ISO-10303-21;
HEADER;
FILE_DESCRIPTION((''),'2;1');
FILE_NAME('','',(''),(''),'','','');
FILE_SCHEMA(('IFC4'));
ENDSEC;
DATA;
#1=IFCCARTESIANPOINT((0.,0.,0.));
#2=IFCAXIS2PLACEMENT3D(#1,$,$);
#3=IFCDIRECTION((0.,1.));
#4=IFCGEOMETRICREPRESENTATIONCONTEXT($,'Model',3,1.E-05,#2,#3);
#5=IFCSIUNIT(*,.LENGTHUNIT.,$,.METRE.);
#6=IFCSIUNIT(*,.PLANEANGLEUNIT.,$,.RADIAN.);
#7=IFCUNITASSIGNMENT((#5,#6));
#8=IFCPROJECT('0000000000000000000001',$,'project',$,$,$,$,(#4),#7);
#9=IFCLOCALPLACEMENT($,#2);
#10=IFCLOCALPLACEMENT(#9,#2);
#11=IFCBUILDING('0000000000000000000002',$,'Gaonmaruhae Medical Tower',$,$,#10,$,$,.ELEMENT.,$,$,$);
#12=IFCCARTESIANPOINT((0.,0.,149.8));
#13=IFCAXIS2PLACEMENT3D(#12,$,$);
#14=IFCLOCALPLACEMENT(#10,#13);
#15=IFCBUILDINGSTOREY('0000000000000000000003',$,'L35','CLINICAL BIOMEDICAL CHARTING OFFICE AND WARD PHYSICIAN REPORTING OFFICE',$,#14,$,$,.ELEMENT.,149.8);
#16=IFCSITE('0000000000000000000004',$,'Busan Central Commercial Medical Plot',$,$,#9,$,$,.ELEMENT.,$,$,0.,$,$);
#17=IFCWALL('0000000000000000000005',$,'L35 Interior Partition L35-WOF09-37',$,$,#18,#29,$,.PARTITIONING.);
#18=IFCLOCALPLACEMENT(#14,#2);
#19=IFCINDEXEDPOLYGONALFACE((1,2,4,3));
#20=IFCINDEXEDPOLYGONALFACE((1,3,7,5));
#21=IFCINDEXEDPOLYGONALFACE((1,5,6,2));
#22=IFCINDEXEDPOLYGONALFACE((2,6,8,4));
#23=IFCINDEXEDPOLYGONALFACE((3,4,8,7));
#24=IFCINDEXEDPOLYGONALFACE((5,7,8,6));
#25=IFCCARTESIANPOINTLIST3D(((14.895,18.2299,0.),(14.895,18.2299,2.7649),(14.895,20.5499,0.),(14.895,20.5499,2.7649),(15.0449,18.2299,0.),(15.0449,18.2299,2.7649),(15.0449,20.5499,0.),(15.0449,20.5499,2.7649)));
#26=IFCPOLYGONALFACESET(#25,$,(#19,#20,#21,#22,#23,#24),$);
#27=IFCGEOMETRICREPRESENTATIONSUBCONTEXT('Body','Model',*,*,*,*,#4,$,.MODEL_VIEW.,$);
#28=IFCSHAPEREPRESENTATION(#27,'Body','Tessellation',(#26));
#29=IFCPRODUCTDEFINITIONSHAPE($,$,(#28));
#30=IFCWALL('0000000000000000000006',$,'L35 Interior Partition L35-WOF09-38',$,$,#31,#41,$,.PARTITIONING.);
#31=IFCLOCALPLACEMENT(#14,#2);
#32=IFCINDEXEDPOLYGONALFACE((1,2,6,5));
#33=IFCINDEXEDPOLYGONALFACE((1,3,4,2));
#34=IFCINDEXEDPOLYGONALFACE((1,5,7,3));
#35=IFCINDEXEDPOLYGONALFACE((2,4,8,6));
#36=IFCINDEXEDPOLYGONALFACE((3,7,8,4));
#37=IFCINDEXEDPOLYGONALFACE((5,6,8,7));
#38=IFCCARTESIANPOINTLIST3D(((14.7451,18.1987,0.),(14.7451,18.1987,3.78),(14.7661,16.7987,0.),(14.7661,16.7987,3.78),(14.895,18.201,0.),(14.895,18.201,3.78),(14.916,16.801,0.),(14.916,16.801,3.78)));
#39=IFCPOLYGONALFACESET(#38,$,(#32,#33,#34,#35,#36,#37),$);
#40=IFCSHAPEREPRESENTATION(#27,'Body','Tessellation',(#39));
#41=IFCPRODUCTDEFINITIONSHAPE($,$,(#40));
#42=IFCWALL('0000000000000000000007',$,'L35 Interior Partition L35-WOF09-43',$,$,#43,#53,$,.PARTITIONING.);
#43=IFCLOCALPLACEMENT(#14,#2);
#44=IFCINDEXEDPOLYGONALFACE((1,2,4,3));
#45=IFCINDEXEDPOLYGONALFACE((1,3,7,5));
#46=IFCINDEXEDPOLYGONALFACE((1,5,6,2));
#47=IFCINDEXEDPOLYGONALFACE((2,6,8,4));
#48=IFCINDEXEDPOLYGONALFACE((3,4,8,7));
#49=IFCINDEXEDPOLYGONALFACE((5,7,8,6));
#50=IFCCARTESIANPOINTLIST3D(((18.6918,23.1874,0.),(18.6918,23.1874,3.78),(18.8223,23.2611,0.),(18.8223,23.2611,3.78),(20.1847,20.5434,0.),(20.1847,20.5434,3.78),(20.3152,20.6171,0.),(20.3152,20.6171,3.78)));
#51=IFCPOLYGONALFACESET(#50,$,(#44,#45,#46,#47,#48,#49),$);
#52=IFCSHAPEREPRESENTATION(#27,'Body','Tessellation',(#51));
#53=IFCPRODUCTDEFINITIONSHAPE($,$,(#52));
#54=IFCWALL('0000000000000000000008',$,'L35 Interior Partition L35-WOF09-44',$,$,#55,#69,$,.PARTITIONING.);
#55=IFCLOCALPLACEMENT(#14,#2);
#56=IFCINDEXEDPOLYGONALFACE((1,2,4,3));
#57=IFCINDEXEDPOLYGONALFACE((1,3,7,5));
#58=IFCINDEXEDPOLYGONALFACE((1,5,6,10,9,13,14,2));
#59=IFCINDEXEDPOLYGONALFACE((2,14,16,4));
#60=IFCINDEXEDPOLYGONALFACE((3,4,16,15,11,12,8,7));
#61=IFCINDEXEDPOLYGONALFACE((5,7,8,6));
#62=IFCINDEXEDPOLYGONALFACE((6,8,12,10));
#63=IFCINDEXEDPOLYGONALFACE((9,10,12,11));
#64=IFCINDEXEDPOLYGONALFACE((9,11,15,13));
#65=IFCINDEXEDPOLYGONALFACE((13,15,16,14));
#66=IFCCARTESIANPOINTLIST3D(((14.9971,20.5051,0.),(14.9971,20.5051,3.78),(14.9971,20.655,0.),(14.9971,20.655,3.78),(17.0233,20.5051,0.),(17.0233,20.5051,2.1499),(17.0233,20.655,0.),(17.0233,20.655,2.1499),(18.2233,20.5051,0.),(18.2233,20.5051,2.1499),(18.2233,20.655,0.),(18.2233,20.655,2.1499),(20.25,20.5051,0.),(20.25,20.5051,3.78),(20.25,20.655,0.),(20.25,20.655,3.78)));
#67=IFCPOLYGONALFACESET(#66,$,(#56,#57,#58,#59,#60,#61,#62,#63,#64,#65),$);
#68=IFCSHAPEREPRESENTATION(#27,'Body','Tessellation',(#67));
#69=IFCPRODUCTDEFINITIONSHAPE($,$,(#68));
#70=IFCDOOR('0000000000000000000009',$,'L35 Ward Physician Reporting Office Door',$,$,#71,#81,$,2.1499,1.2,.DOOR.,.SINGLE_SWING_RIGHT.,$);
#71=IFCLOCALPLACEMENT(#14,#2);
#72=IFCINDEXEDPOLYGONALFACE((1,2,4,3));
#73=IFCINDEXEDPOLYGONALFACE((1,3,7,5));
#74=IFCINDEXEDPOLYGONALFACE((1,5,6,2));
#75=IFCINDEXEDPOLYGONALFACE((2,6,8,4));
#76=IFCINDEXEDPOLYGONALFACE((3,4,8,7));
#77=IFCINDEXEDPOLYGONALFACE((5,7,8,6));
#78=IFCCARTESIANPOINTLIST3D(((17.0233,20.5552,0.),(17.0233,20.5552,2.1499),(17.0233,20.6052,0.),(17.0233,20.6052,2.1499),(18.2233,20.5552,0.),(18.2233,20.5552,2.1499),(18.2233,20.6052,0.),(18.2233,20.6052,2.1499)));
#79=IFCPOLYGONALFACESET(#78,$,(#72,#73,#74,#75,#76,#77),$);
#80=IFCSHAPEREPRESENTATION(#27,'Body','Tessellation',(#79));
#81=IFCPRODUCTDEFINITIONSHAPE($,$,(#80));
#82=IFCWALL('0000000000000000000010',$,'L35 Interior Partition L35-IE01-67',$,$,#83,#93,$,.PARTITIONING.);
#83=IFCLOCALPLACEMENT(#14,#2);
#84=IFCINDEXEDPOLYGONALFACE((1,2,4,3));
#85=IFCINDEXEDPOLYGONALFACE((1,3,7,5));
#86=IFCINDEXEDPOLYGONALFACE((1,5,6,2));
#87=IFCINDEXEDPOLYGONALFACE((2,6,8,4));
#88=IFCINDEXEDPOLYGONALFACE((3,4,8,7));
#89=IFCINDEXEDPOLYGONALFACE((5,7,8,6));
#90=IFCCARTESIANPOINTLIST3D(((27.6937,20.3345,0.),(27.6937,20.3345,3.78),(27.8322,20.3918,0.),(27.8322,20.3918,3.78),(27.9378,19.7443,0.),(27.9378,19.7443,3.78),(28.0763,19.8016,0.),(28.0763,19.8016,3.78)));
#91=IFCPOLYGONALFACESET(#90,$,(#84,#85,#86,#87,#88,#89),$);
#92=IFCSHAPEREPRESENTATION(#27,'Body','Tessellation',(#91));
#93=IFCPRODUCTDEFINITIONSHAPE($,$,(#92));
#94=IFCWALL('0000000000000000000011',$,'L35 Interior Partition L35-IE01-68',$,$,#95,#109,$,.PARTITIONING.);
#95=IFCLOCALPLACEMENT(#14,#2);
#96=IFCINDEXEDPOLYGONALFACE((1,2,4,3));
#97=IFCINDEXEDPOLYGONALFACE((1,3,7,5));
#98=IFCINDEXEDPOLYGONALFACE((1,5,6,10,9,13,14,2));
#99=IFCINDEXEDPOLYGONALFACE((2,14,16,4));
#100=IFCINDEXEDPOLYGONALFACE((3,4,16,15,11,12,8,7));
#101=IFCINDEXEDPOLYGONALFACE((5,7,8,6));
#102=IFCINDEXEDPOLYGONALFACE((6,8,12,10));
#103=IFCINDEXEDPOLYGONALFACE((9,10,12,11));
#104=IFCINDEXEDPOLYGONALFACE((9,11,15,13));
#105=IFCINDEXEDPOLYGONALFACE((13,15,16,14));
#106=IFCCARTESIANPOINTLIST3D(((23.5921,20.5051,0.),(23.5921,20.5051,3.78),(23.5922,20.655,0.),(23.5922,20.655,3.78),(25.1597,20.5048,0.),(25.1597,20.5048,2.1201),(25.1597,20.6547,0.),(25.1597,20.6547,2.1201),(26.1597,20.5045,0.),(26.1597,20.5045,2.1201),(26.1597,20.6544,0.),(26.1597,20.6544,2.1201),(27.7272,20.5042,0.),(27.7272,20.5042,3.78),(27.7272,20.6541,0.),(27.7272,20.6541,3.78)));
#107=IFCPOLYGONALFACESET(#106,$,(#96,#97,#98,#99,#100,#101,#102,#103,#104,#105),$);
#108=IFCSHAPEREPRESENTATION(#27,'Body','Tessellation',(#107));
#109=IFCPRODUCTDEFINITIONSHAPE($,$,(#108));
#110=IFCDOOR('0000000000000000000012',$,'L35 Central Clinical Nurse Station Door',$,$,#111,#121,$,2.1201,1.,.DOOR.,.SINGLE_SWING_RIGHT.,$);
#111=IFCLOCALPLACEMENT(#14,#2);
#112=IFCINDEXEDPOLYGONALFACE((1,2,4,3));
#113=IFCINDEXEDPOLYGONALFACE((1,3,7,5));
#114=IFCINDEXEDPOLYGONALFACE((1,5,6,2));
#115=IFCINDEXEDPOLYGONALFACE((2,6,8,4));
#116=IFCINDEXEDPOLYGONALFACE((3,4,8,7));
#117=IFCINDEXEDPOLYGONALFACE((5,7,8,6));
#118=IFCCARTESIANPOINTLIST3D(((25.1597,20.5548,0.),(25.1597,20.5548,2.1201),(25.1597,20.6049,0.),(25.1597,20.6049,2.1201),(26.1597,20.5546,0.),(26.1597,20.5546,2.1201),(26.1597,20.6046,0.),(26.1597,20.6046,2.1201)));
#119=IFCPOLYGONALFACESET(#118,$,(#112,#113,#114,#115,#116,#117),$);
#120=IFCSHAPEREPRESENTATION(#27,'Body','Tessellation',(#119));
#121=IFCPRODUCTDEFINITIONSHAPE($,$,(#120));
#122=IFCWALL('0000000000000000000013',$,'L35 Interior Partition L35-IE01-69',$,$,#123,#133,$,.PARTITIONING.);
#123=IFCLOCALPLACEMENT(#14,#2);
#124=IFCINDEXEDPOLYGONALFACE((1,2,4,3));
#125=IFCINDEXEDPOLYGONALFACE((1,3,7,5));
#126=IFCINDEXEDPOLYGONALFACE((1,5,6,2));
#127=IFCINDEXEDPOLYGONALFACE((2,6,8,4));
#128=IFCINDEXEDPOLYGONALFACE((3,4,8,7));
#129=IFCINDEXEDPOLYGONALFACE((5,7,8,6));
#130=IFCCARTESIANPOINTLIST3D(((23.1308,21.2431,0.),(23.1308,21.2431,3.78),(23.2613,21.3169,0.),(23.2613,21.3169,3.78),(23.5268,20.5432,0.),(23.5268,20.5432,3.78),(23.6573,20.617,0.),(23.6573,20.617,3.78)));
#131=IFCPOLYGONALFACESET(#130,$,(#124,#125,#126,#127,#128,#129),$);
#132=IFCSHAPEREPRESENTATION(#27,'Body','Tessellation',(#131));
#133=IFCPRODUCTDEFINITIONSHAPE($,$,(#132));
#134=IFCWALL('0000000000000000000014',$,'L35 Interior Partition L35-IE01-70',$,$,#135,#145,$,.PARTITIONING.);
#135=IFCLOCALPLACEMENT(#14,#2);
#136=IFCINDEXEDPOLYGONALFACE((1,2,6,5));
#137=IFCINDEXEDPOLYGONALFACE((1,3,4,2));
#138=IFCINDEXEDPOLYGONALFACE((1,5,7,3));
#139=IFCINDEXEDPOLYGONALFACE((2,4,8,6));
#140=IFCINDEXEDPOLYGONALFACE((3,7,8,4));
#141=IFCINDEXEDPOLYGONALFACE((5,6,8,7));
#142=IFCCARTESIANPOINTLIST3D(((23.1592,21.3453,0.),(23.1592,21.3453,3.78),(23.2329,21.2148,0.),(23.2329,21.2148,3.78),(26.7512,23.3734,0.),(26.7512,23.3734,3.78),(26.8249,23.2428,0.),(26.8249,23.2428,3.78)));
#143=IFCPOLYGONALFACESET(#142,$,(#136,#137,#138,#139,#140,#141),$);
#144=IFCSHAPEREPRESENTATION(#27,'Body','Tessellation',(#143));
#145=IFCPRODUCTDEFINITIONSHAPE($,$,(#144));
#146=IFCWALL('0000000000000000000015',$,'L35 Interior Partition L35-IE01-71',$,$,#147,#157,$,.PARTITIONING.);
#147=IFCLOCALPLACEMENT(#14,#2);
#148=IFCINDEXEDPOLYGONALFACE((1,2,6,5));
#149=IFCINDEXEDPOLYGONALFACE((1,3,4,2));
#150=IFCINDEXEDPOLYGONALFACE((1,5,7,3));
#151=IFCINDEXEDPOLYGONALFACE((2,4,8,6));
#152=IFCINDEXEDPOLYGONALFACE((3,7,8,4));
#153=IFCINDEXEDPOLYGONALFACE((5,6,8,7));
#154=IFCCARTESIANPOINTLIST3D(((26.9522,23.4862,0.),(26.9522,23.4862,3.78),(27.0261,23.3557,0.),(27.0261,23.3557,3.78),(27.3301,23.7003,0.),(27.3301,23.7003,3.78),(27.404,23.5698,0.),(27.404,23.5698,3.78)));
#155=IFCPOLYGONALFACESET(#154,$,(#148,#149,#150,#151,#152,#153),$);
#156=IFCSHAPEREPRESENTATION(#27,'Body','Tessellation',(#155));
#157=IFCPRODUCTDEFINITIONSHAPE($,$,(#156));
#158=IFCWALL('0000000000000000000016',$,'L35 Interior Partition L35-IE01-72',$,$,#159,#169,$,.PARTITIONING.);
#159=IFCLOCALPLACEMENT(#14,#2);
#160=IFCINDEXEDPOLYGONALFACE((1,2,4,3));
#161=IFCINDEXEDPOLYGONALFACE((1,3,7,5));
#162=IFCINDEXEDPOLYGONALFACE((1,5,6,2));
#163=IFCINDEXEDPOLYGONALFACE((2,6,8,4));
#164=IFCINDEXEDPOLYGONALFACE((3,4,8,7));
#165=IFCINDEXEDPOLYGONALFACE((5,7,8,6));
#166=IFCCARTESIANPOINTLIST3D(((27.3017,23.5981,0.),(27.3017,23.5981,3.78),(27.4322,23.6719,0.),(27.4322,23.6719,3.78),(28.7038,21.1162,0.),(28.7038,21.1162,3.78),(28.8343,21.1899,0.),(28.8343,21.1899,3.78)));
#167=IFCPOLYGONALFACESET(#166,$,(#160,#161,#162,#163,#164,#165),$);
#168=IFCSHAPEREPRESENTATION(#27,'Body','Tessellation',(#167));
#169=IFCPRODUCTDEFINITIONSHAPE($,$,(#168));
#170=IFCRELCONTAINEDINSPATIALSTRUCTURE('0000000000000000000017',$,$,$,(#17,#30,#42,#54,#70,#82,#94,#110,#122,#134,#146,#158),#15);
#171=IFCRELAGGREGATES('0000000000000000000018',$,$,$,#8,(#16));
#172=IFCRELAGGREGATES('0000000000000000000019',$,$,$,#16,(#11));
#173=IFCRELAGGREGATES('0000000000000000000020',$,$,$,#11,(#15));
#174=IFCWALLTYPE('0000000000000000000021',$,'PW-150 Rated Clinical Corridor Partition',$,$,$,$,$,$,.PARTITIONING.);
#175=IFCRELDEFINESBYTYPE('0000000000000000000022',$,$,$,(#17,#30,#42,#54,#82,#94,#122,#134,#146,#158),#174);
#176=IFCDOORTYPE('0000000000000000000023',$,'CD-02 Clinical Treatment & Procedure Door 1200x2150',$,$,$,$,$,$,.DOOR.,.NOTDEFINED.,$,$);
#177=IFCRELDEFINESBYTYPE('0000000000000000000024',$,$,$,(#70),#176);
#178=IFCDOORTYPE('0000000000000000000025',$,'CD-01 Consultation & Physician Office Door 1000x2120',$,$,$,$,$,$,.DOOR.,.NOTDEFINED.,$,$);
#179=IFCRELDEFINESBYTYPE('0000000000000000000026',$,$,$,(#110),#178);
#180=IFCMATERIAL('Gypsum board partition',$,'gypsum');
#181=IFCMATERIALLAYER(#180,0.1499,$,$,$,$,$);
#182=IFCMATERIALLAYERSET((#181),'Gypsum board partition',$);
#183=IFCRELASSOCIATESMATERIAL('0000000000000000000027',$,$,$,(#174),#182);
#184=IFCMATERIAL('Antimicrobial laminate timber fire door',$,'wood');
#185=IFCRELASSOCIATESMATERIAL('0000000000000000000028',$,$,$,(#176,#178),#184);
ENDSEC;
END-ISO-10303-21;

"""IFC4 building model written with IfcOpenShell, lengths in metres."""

from ifc_helpers import new_model, si_unit, direction, frame, frame_2d, origin, place, context, subcontext, project, spatial, rectangle, extrude, material, layer, layer_set, type_object, element, fill, save


model = new_model("IFC4")

# Units and contexts
model_context = context("Model", 3, precision=1e-05, world=origin(), true_north=direction((0.0, 1.0)))
body_context = subcontext(model_context, "Body", "Model", "MODEL_VIEW")
ifc_project = project(units=[si_unit("LENGTHUNIT", "METRE"), si_unit("PLANEANGLEUNIT", "RADIAN")], contexts=[model_context])

# Site, building, storey
site_placement = place(None, origin())
site = spatial("IfcSite", under=ifc_project, at=site_placement, Name="Busan Central Commercial Medical Plot", CompositionType="ELEMENT", RefElevation=0.0)
building_placement = place(site_placement, origin())
building = spatial("IfcBuilding", under=site, at=building_placement, Name="Gaonmaruhae Medical Tower", CompositionType="ELEMENT")
storey_placement = place(building_placement, frame((0.0, 0.0, 149.8)))
storey = spatial("IfcBuildingStorey", under=building, at=storey_placement, Name="L35", Description="CLINICAL BIOMEDICAL CHARTING OFFICE AND WARD PHYSICIAN REPORTING OFFICE", CompositionType="ELEMENT", Elevation=149.8)

# Walls
ifc_material_1 = material(Name="Gypsum board partition", Category="gypsum")
ifc_layer_1 = layer(ifc_material_1, 0.1499)
ifc_layer_set_1 = layer_set([ifc_layer_1], Name="Gypsum board partition")
wall_type_1 = type_object("IfcWallType", Name="PW-150 Rated Clinical Corridor Partition", PredefinedType="PARTITIONING", material=ifc_layer_set_1)
wall_1_placement = place(storey_placement, frame((14.97, 20.55, 0.0), z_axis=(0.0, 0.0, 1.0), x_axis=(0.0, -1.0, 0.0)))
element("IfcWall", 1, at=wall_1_placement, inside=storey, type_object=wall_type_1, Name="L35 Interior Partition L35-WOF09-37", PredefinedType="PARTITIONING", context=body_context, shape_type="SweptSolid", body=[
    extrude(rectangle(XDim=2.3201, YDim=0.1499, at=frame_2d((1.1602, 0.0))), origin(), (0.0, 0.0, 1.0), 2.7649),
])
wall_2_placement = place(storey_placement, frame((14.8201, 18.2, 0.0), z_axis=(0.0, 0.0, 1.0), x_axis=(0.014997, -0.999888, 0.0)))
element("IfcWall", 2, at=wall_2_placement, inside=storey, type_object=wall_type_1, Name="L35 Interior Partition L35-WOF09-38", PredefinedType="PARTITIONING", context=body_context, shape_type="SweptSolid", body=[
    extrude(rectangle(XDim=1.4001, YDim=0.1499, at=frame_2d((0.7002, 0.0))), origin(), (0.0, 0.0, 1.0), 3.78),
])
wall_3_placement = place(storey_placement, frame((18.7571, 23.2241, 0.0), z_axis=(0.0, 0.0, 1.0), x_axis=(0.491673, -0.87078, 0.0)))
element("IfcWall", 3, at=wall_3_placement, inside=storey, type_object=wall_type_1, Name="L35 Interior Partition L35-WOF09-43", PredefinedType="PARTITIONING", context=body_context, shape_type="SweptSolid", body=[
    extrude(rectangle(XDim=3.0364, YDim=0.1499, at=frame_2d((1.5181, 0.0))), origin(), (0.0, 0.0, 1.0), 3.78),
])

# Wall, opening, door
wall_4_placement = place(storey_placement, frame((20.25, 20.5801, 0.0), z_axis=(0.0, 0.0, 1.0), x_axis=(-1.0, 0.0, 0.0)))
wall_4 = element("IfcWall", 4, at=wall_4_placement, inside=storey, type_object=wall_type_1, Name="L35 Interior Partition L35-WOF09-44", PredefinedType="PARTITIONING", context=body_context, shape_type="SweptSolid", body=[
    extrude(rectangle(XDim=5.2529, YDim=0.1499, at=frame_2d((2.6265, 0.0))), origin(), (0.0, 0.0, 1.0), 3.78),
])
opening_1_placement = place(wall_4_placement, frame((2.0266, 0.0, 0.0)))
opening_1 = element("IfcOpeningElement", 5, at=opening_1_placement, cuts=wall_4, PredefinedType="OPENING", context=body_context, shape_type="SweptSolid", body=[
    extrude(rectangle(XDim=1.2, YDim=2.1499, at=frame_2d((0.6001, 1.075))), frame((0.0, 0.085, 0.0), z_axis=(0.0, -1.0, 0.0), x_axis=(1.0, 0.0, 0.0)), (0.0, 0.0, 1.0), 0.1699),
])
ifc_material_2 = material(Name="Antimicrobial laminate timber fire door", Category="wood")
door_type_1 = type_object("IfcDoorType", Name="CD-02 Clinical Treatment & Procedure Door 1200x2150", OperationType="NOTDEFINED", PredefinedType="DOOR", material=ifc_material_2)
door_1_placement = place(opening_1_placement, origin())
door_1 = element("IfcDoor", 6, at=door_1_placement, inside=storey, type_object=door_type_1, Name="L35 Ward Physician Reporting Office Door", OperationType="SINGLE_SWING_RIGHT", OverallHeight=2.1499, OverallWidth=1.2, PredefinedType="DOOR", context=body_context, shape_type="SweptSolid", body=[
    extrude(rectangle(XDim=1.2, YDim=2.1499, at=frame_2d((0.6001, 1.075))), frame((0.0, 0.0249, 0.0), z_axis=(0.0, -1.0, 0.0), x_axis=(1.0, 0.0, 0.0)), (0.0, 0.0, 1.0), 0.05),
])
fill(opening_1, door_1)

# Wall
wall_5_placement = place(storey_placement, frame((28.0071, 19.7729, 0.0), z_axis=(0.0, 0.0, 1.0), x_axis=(-0.382307, 0.924035, 0.0)))
element("IfcWall", 7, at=wall_5_placement, inside=storey, type_object=wall_type_1, Name="L35 Interior Partition L35-IE01-67", PredefinedType="PARTITIONING", context=body_context, shape_type="SweptSolid", body=[
    extrude(rectangle(XDim=0.6387, YDim=0.1499, at=frame_2d((0.3193, 0.0))), origin(), (0.0, 0.0, 1.0), 3.78),
])

# Wall, opening, door
wall_6_placement = place(storey_placement, frame((27.7271, 20.5791, 0.0), z_axis=(0.0, 0.0, 1.0), x_axis=(-1.0, 0.000236, 0.0)))
wall_6 = element("IfcWall", 8, at=wall_6_placement, inside=storey, type_object=wall_type_1, Name="L35 Interior Partition L35-IE01-68", PredefinedType="PARTITIONING", context=body_context, shape_type="SweptSolid", body=[
    extrude(rectangle(XDim=4.135, YDim=0.1499, at=frame_2d((2.0674, 0.0))), origin(), (0.0, 0.0, 1.0), 3.78),
])
opening_2_placement = place(wall_6_placement, frame((1.5674, 0.0, 0.0)))
opening_2 = element("IfcOpeningElement", 9, at=opening_2_placement, cuts=wall_6, PredefinedType="OPENING", context=body_context, shape_type="SweptSolid", body=[
    extrude(rectangle(XDim=1.0, YDim=2.1201, at=frame_2d((0.5, 1.0601))), frame((0.0, 0.085, 0.0), z_axis=(0.0, -1.0, 0.0), x_axis=(1.0, 0.0, 0.0)), (0.0, 0.0, 1.0), 0.1699),
])
door_type_2 = type_object("IfcDoorType", Name="CD-01 Consultation & Physician Office Door 1000x2120", OperationType="NOTDEFINED", PredefinedType="DOOR", material=ifc_material_2)
door_2_placement = place(opening_2_placement, origin())
door_2 = element("IfcDoor", 10, at=door_2_placement, inside=storey, type_object=door_type_2, Name="L35 Central Clinical Nurse Station Door", OperationType="SINGLE_SWING_RIGHT", OverallHeight=2.1201, OverallWidth=1.0, PredefinedType="DOOR", context=body_context, shape_type="SweptSolid", body=[
    extrude(rectangle(XDim=1.0, YDim=2.1201, at=frame_2d((0.5, 1.0601))), frame((0.0, 0.0249, 0.0), z_axis=(0.0, -1.0, 0.0), x_axis=(1.0, 0.0, 0.0)), (0.0, 0.0, 1.0), 0.05),
])
fill(opening_2, door_2)

# Walls
wall_7_placement = place(storey_placement, frame((23.592, 20.5801, 0.0), z_axis=(0.0, 0.0, 1.0), x_axis=(-0.492407, 0.870365, 0.0)))
element("IfcWall", 11, at=wall_7_placement, inside=storey, type_object=wall_type_1, Name="L35 Interior Partition L35-IE01-69", PredefinedType="PARTITIONING", context=body_context, shape_type="SweptSolid", body=[
    extrude(rectangle(XDim=0.8042, YDim=0.1499, at=frame_2d((0.4021, 0.0))), origin(), (0.0, 0.0, 1.0), 3.78),
])
wall_8_placement = place(storey_placement, frame((23.196, 21.28, 0.0), z_axis=(0.0, 0.0, 1.0), x_axis=(0.870792, 0.491652, 0.0)))
element("IfcWall", 12, at=wall_8_placement, inside=storey, type_object=wall_type_1, Name="L35 Interior Partition L35-IE01-70", PredefinedType="PARTITIONING", context=body_context, shape_type="SweptSolid", body=[
    extrude(rectangle(XDim=4.125, YDim=0.1499, at=frame_2d((2.0625, 0.0))), origin(), (0.0, 0.0, 1.0), 3.78),
])
wall_9_placement = place(storey_placement, frame((26.989, 23.4209, 0.0), z_axis=(0.0, 0.0, 1.0), x_axis=(0.87007, 0.492927, 0.0)))
element("IfcWall", 13, at=wall_9_placement, inside=storey, type_object=wall_type_1, Name="L35 Interior Partition L35-IE01-71", PredefinedType="PARTITIONING", context=body_context, shape_type="SweptSolid", body=[
    extrude(rectangle(XDim=0.4343, YDim=0.1499, at=frame_2d((0.2173, 0.0))), origin(), (0.0, 0.0, 1.0), 3.78),
])
wall_10_placement = place(storey_placement, frame((27.3669, 23.635, 0.0), z_axis=(0.0, 0.0, 1.0), x_axis=(0.491863, -0.870673, 0.0)))
element("IfcWall", 14, at=wall_10_placement, inside=storey, type_object=wall_type_1, Name="L35 Interior Partition L35-IE01-72", PredefinedType="PARTITIONING", context=body_context, shape_type="SweptSolid", body=[
    extrude(rectangle(XDim=2.8506, YDim=0.1499, at=frame_2d((1.4253, 0.0))), origin(), (0.0, 0.0, 1.0), 3.78),
])

save(model, "model.ifc")
